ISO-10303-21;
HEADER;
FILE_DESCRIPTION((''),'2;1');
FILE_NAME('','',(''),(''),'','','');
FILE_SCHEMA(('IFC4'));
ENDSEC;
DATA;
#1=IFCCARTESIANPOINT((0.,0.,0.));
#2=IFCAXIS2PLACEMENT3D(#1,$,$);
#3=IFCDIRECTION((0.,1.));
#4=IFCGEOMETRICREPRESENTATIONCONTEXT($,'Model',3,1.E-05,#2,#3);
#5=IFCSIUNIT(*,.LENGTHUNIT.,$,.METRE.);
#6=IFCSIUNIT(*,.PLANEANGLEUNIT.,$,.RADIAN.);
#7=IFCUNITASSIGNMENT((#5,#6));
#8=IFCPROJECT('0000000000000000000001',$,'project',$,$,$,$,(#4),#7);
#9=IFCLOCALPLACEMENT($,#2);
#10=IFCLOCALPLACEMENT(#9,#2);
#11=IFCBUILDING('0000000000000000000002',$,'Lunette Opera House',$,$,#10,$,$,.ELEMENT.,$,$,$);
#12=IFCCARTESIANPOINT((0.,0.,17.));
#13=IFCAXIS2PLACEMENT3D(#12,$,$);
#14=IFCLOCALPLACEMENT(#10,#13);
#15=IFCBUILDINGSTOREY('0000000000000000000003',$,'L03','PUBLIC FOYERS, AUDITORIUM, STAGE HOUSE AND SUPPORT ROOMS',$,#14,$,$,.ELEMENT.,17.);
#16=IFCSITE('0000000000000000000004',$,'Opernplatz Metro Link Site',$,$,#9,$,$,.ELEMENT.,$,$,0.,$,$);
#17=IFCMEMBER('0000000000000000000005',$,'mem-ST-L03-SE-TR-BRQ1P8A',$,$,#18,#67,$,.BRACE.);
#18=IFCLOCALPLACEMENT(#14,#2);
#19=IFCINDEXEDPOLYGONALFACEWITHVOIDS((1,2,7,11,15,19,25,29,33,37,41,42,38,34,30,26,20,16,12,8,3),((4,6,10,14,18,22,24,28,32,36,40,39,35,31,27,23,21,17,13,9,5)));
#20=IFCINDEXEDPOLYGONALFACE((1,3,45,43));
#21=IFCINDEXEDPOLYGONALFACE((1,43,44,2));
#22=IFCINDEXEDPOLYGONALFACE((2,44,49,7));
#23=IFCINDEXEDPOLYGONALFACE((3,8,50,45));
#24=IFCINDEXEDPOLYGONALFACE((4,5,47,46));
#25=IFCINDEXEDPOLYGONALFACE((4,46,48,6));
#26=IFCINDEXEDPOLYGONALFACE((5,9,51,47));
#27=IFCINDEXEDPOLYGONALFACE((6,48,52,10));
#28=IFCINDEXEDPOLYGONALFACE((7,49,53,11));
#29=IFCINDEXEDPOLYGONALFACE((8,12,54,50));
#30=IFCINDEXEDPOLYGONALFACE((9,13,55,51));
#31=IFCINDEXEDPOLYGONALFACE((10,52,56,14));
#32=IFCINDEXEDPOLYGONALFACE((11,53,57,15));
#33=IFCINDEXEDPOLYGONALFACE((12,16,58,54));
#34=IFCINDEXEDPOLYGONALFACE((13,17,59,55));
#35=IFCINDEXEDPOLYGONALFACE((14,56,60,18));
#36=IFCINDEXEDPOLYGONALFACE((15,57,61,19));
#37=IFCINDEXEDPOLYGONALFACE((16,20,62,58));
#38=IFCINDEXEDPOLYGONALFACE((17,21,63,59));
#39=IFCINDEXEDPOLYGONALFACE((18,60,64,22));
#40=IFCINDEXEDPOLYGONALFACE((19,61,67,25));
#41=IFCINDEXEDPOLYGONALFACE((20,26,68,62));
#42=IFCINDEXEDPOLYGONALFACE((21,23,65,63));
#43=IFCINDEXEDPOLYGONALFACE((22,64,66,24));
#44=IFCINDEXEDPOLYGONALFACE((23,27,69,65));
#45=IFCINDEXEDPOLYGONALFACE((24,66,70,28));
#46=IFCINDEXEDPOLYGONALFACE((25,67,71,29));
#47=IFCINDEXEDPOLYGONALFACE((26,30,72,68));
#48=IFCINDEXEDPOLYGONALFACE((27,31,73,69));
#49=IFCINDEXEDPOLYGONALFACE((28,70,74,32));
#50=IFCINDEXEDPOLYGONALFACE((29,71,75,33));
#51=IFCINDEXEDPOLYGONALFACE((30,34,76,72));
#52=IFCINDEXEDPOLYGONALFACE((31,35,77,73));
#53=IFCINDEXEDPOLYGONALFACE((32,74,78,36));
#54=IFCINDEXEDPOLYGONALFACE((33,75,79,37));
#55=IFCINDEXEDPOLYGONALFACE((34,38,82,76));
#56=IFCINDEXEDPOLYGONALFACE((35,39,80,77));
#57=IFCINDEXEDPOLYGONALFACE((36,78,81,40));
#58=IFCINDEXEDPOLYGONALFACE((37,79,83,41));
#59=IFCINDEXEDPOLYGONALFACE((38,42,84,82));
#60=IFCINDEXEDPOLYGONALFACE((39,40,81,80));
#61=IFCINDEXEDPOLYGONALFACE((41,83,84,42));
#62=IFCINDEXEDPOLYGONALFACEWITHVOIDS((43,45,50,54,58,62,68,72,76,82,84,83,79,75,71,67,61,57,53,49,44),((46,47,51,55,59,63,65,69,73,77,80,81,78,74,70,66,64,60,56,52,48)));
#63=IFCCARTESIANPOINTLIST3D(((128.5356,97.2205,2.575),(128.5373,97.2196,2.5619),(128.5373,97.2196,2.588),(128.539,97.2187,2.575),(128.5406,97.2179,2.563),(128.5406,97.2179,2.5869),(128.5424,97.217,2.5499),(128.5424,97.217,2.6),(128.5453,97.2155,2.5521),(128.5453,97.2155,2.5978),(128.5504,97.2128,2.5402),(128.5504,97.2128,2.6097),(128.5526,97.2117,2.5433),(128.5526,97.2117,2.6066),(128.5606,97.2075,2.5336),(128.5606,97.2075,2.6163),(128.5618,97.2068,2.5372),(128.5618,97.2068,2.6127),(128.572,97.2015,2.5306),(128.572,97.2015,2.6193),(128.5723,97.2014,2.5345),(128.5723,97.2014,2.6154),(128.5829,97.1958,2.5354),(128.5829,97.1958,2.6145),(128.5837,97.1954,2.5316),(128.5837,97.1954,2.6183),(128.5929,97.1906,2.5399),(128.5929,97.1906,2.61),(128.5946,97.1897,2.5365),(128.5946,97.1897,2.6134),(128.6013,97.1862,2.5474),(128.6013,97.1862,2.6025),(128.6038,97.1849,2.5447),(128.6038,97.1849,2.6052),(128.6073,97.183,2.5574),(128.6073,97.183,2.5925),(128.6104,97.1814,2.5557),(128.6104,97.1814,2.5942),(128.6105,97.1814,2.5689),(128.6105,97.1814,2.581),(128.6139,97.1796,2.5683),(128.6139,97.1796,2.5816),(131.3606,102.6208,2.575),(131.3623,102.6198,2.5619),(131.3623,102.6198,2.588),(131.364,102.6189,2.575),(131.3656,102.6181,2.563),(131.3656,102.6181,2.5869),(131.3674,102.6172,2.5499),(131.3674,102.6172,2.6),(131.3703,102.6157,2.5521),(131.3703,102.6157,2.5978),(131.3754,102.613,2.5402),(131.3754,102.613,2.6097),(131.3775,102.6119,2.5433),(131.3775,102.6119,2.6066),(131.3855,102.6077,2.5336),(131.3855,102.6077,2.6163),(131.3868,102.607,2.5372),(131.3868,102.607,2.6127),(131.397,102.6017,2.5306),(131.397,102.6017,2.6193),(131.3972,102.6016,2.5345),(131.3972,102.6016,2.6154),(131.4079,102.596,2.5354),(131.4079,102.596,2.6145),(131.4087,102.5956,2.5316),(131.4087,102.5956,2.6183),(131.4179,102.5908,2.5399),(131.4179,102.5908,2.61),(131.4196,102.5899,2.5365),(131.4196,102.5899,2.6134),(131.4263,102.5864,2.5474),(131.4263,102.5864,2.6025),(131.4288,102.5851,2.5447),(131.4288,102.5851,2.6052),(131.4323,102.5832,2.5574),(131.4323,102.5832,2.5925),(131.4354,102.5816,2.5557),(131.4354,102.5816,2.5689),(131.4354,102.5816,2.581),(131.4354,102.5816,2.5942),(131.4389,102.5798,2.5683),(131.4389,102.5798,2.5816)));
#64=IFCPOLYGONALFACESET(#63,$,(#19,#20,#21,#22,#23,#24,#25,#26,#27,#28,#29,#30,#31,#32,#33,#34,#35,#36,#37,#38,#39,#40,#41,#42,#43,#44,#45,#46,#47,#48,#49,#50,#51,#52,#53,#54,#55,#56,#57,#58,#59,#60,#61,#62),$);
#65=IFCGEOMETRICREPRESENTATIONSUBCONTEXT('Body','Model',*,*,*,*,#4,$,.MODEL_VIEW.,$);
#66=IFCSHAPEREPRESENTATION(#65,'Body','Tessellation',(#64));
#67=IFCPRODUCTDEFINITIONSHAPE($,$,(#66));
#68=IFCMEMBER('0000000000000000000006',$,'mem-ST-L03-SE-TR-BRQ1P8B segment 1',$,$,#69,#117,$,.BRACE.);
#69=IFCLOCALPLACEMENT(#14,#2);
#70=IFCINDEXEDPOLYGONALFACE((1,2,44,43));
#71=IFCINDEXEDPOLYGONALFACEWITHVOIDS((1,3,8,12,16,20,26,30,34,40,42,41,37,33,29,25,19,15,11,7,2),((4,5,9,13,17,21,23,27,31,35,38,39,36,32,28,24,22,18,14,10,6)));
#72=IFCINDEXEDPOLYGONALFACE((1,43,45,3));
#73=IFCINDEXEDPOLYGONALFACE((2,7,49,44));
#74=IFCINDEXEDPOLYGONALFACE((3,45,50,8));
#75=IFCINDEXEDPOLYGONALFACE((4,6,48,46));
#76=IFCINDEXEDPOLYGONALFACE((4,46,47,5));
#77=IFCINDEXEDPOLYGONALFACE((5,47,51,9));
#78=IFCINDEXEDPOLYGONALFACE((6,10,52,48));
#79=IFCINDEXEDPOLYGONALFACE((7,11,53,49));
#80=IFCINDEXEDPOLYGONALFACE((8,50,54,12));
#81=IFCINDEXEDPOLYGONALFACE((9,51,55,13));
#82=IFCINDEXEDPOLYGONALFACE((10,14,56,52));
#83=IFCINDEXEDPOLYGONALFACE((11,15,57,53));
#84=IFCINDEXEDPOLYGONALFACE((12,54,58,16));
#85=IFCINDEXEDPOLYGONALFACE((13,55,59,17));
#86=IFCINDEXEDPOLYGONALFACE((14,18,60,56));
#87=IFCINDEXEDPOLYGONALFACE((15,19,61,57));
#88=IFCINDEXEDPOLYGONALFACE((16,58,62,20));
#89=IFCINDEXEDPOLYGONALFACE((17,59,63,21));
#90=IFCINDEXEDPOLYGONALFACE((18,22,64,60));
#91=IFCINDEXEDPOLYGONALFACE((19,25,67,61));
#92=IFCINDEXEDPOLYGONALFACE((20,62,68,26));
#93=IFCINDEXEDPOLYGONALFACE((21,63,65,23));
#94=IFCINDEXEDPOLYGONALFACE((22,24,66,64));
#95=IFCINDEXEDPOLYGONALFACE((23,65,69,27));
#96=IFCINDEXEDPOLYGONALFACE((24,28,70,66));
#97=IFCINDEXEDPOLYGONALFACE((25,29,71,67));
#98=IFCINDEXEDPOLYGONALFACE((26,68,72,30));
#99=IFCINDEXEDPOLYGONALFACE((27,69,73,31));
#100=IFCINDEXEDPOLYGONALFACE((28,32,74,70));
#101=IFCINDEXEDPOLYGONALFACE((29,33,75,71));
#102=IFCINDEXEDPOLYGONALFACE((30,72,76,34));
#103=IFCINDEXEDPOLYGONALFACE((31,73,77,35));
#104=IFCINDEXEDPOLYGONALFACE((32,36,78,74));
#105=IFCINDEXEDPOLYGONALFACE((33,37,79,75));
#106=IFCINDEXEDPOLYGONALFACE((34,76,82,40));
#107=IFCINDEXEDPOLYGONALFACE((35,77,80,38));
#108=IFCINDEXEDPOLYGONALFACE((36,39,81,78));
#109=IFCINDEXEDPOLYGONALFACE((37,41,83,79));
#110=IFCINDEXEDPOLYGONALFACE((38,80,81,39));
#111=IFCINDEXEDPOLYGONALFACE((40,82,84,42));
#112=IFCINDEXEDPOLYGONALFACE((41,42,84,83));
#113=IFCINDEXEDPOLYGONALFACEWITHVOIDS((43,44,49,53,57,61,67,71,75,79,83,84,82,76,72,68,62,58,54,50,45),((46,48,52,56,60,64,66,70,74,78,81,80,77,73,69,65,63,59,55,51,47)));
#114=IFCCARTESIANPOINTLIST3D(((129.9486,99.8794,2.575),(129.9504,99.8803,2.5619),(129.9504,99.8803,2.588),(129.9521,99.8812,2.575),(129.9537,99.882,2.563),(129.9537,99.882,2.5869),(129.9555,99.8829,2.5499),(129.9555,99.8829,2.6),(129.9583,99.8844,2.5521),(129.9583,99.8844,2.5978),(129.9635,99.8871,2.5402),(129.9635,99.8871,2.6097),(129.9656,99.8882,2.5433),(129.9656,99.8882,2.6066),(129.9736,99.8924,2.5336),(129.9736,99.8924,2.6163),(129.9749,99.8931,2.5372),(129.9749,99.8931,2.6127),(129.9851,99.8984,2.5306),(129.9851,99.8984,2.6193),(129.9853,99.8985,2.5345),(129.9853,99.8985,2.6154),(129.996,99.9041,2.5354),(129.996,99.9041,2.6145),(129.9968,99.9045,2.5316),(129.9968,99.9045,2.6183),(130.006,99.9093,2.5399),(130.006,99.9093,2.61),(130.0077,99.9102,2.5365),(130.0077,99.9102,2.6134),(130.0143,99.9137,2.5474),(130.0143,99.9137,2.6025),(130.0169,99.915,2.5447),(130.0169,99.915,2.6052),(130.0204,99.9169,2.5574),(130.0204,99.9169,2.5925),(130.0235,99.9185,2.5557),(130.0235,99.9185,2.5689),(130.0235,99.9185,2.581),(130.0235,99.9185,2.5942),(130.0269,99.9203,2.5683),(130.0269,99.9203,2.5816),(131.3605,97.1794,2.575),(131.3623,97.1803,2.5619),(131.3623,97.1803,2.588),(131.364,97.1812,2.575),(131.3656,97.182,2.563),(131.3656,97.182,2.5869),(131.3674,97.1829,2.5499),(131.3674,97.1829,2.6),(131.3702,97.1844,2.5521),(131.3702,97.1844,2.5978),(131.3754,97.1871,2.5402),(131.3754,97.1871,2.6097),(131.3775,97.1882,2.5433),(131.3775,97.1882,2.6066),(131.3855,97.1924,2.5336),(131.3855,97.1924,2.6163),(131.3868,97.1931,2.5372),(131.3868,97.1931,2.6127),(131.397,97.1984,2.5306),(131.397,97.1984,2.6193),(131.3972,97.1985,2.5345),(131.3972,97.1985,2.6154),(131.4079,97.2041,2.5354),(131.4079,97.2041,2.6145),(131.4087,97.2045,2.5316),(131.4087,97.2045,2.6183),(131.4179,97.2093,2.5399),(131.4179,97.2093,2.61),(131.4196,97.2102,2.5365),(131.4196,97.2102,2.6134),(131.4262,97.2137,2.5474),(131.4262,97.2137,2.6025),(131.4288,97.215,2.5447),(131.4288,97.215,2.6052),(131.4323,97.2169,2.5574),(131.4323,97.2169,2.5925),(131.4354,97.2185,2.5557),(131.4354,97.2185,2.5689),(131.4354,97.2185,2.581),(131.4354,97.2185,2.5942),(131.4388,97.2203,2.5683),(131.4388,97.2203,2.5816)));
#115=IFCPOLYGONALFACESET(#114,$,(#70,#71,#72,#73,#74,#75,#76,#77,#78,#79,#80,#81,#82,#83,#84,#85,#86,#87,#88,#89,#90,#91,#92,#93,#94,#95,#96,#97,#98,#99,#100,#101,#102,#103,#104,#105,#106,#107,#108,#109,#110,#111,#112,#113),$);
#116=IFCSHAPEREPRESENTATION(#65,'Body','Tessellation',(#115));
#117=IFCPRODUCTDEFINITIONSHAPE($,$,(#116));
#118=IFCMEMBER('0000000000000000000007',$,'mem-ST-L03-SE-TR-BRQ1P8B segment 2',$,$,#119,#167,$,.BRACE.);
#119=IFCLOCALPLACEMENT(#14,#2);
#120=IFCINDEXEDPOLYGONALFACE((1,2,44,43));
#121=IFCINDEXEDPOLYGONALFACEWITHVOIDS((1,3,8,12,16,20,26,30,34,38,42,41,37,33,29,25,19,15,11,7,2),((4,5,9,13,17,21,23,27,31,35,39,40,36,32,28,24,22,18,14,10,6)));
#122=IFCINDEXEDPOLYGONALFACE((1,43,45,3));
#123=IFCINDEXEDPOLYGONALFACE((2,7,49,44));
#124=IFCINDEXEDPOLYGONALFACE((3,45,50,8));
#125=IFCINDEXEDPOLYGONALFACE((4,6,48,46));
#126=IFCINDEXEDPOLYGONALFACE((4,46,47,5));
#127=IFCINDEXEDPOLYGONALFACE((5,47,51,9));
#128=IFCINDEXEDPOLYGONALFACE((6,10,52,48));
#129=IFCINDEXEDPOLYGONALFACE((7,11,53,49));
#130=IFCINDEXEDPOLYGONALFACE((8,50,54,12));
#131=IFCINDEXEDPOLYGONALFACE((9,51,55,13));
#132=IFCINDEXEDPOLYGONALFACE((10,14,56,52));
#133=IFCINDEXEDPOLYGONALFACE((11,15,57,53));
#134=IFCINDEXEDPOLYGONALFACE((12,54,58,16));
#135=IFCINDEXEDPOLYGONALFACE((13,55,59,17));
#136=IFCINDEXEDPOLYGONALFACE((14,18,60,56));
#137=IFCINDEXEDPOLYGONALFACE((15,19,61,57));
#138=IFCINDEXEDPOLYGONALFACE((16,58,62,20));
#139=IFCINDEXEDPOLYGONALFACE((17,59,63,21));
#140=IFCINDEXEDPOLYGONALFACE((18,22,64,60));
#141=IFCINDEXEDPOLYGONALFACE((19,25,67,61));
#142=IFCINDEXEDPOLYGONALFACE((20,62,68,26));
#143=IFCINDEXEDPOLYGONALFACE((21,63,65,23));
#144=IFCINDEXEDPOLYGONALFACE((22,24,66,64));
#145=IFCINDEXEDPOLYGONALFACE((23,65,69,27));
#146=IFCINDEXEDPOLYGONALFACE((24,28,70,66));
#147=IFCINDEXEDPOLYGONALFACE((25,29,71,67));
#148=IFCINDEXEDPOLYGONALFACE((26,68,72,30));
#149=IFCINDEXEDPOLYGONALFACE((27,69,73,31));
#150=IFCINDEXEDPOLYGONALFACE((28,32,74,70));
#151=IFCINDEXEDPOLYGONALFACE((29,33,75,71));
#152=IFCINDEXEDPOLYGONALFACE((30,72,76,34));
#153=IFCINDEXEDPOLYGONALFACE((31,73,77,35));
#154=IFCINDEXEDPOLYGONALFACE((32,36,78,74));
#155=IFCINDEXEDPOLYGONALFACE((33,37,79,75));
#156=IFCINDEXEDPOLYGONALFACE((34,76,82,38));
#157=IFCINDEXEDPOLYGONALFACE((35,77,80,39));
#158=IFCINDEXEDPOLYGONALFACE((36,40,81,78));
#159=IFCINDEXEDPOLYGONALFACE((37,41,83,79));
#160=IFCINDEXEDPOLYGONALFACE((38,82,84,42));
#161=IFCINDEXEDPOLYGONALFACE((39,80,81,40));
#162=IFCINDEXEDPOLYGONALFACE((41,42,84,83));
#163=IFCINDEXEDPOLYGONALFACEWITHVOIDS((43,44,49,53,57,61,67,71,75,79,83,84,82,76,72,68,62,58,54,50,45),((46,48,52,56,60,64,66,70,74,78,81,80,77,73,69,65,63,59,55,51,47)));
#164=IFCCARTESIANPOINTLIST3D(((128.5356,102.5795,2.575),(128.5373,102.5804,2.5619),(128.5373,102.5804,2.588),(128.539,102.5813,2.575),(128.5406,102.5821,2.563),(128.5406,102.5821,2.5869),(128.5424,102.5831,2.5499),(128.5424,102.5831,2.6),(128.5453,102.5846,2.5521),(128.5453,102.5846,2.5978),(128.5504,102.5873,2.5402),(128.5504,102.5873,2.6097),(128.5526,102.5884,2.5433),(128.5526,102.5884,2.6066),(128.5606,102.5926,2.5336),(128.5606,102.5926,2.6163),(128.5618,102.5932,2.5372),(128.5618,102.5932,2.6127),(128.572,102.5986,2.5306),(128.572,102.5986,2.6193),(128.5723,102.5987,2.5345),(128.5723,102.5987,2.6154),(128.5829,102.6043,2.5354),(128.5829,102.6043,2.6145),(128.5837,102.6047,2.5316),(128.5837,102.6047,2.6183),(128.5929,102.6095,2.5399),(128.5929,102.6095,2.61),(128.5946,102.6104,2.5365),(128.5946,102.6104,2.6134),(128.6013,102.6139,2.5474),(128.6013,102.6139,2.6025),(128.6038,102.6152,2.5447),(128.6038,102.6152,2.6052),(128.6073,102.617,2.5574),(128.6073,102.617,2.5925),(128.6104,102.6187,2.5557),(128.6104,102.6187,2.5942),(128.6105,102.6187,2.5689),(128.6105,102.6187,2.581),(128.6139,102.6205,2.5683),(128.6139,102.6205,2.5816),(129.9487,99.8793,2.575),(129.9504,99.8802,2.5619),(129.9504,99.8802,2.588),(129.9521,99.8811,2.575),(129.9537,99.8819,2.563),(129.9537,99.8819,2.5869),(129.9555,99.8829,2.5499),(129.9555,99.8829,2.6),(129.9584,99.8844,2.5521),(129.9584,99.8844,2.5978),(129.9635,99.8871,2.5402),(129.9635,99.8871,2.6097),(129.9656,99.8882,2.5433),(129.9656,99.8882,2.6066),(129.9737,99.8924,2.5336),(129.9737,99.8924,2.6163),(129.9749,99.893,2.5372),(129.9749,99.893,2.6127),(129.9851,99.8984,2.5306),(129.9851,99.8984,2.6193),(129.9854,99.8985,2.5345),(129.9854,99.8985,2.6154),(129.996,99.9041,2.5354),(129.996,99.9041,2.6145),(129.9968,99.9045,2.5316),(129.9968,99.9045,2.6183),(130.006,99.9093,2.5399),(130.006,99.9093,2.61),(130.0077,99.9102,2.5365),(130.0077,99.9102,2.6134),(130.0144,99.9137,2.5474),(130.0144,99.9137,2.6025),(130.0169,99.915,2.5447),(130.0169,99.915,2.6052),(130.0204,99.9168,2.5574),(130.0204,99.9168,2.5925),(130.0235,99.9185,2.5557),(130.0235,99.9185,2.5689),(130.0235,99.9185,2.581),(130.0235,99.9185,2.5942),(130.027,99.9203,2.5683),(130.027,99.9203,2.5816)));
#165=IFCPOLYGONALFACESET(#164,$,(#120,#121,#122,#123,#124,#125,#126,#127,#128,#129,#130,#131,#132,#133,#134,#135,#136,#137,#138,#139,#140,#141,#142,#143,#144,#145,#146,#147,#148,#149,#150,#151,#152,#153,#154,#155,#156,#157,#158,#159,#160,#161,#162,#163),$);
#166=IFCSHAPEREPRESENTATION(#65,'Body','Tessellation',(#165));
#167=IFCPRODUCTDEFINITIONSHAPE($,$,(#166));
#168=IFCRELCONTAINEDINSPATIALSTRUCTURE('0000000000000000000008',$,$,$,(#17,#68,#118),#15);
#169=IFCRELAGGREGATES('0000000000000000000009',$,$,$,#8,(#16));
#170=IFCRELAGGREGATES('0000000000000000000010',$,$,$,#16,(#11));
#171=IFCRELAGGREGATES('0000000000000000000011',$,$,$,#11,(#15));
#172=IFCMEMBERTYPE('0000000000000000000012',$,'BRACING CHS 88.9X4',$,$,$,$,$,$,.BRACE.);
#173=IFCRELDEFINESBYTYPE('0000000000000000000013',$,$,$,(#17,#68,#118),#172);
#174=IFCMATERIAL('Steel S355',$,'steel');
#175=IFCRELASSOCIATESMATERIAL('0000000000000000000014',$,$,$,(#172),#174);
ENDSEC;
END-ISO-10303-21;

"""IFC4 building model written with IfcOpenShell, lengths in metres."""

from ifc_helpers import new_model, si_unit, direction, frame, origin, origin_2d, place, context, subcontext, project, spatial, hollow_circle, extrude, material, material_profile, profile_set, type_object, element, save


model = new_model("IFC4")

# Units and contexts
model_context = context("Model", 3, precision=1e-05, world=origin(), true_north=direction((0.0, 1.0)))
body_context = subcontext(model_context, "Body", "Model", "MODEL_VIEW")
ifc_project = project(units=[si_unit("LENGTHUNIT", "METRE"), si_unit("PLANEANGLEUNIT", "RADIAN")], contexts=[model_context])

# Site, building, storey
site_placement = place(None, origin())
site = spatial("IfcSite", under=ifc_project, at=site_placement, Name="Opernplatz Metro Link Site", CompositionType="ELEMENT", RefElevation=0.0)
building_placement = place(site_placement, origin())
building = spatial("IfcBuilding", under=site, at=building_placement, Name="Lunette Opera House", CompositionType="ELEMENT")
storey_placement = place(building_placement, frame((0.0, 0.0, 17.0)))
storey = spatial("IfcBuildingStorey", under=building, at=storey_placement, Name="L03", Description="PUBLIC FOYERS, AUDITORIUM, STAGE HOUSE AND SUPPORT ROOMS", CompositionType="ELEMENT", Elevation=17.0)

# Members
ifc_material_1 = material(Name="Steel S355", Category="steel")
ifc_material_profile_1 = material_profile(ifc_material_1, hollow_circle(Radius=0.0444, WallThickness=0.0039, at=origin_2d()), Name="CHS 88.9X4")
ifc_profile_set_1 = profile_set([ifc_material_profile_1], Name="Steel S355")
member_type_1 = type_object("IfcMemberType", Name="BRACING CHS 88.9X4", PredefinedType="BRACE", material=ifc_profile_set_1)
member_1_placement = place(storey_placement, frame((128.575, 97.2, 2.575), z_axis=(0.463531, 0.886081, 0.0), x_axis=(-0.886081, 0.463531, 0.0)))
element("IfcMember", 1, at=member_1_placement, inside=storey, type_object=member_type_1, Name="mem-ST-L03-SE-TR-BRQ1P8A", PredefinedType="BRACE", context=body_context, shape_type="SweptSolid", body=[
    extrude(hollow_circle(Radius=0.0444, WallThickness=0.0039, at=origin_2d()), origin(), (0.0, 0.0, 1.0), 6.0945),
])
member_2_placement = place(storey_placement, frame((131.3999, 97.2, 2.575), z_axis=(-0.46339, 0.886154, 0.0), x_axis=(-0.886154, -0.46339, 0.0)))
element("IfcMember", 2, at=member_2_placement, inside=storey, type_object=member_type_1, Name="mem-ST-L03-SE-TR-BRQ1P8B segment 1", PredefinedType="BRACE", context=body_context, shape_type="SweptSolid", body=[
    extrude(hollow_circle(Radius=0.0444, WallThickness=0.0039, at=origin_2d()), origin(), (0.0, 0.0, 1.0), 3.0469),
])
member_3_placement = place(storey_placement, frame((129.988, 99.8999, 2.575), z_axis=(-0.463672, 0.886007, 0.0), x_axis=(-0.886007, -0.463672, 0.0)))
element("IfcMember", 3, at=member_3_placement, inside=storey, type_object=member_type_1, Name="mem-ST-L03-SE-TR-BRQ1P8B segment 2", PredefinedType="BRACE", context=body_context, shape_type="SweptSolid", body=[
    extrude(hollow_circle(Radius=0.0444, WallThickness=0.0039, at=origin_2d()), origin(), (0.0, 0.0, 1.0), 3.0476),
])

save(model, "model.ifc")
